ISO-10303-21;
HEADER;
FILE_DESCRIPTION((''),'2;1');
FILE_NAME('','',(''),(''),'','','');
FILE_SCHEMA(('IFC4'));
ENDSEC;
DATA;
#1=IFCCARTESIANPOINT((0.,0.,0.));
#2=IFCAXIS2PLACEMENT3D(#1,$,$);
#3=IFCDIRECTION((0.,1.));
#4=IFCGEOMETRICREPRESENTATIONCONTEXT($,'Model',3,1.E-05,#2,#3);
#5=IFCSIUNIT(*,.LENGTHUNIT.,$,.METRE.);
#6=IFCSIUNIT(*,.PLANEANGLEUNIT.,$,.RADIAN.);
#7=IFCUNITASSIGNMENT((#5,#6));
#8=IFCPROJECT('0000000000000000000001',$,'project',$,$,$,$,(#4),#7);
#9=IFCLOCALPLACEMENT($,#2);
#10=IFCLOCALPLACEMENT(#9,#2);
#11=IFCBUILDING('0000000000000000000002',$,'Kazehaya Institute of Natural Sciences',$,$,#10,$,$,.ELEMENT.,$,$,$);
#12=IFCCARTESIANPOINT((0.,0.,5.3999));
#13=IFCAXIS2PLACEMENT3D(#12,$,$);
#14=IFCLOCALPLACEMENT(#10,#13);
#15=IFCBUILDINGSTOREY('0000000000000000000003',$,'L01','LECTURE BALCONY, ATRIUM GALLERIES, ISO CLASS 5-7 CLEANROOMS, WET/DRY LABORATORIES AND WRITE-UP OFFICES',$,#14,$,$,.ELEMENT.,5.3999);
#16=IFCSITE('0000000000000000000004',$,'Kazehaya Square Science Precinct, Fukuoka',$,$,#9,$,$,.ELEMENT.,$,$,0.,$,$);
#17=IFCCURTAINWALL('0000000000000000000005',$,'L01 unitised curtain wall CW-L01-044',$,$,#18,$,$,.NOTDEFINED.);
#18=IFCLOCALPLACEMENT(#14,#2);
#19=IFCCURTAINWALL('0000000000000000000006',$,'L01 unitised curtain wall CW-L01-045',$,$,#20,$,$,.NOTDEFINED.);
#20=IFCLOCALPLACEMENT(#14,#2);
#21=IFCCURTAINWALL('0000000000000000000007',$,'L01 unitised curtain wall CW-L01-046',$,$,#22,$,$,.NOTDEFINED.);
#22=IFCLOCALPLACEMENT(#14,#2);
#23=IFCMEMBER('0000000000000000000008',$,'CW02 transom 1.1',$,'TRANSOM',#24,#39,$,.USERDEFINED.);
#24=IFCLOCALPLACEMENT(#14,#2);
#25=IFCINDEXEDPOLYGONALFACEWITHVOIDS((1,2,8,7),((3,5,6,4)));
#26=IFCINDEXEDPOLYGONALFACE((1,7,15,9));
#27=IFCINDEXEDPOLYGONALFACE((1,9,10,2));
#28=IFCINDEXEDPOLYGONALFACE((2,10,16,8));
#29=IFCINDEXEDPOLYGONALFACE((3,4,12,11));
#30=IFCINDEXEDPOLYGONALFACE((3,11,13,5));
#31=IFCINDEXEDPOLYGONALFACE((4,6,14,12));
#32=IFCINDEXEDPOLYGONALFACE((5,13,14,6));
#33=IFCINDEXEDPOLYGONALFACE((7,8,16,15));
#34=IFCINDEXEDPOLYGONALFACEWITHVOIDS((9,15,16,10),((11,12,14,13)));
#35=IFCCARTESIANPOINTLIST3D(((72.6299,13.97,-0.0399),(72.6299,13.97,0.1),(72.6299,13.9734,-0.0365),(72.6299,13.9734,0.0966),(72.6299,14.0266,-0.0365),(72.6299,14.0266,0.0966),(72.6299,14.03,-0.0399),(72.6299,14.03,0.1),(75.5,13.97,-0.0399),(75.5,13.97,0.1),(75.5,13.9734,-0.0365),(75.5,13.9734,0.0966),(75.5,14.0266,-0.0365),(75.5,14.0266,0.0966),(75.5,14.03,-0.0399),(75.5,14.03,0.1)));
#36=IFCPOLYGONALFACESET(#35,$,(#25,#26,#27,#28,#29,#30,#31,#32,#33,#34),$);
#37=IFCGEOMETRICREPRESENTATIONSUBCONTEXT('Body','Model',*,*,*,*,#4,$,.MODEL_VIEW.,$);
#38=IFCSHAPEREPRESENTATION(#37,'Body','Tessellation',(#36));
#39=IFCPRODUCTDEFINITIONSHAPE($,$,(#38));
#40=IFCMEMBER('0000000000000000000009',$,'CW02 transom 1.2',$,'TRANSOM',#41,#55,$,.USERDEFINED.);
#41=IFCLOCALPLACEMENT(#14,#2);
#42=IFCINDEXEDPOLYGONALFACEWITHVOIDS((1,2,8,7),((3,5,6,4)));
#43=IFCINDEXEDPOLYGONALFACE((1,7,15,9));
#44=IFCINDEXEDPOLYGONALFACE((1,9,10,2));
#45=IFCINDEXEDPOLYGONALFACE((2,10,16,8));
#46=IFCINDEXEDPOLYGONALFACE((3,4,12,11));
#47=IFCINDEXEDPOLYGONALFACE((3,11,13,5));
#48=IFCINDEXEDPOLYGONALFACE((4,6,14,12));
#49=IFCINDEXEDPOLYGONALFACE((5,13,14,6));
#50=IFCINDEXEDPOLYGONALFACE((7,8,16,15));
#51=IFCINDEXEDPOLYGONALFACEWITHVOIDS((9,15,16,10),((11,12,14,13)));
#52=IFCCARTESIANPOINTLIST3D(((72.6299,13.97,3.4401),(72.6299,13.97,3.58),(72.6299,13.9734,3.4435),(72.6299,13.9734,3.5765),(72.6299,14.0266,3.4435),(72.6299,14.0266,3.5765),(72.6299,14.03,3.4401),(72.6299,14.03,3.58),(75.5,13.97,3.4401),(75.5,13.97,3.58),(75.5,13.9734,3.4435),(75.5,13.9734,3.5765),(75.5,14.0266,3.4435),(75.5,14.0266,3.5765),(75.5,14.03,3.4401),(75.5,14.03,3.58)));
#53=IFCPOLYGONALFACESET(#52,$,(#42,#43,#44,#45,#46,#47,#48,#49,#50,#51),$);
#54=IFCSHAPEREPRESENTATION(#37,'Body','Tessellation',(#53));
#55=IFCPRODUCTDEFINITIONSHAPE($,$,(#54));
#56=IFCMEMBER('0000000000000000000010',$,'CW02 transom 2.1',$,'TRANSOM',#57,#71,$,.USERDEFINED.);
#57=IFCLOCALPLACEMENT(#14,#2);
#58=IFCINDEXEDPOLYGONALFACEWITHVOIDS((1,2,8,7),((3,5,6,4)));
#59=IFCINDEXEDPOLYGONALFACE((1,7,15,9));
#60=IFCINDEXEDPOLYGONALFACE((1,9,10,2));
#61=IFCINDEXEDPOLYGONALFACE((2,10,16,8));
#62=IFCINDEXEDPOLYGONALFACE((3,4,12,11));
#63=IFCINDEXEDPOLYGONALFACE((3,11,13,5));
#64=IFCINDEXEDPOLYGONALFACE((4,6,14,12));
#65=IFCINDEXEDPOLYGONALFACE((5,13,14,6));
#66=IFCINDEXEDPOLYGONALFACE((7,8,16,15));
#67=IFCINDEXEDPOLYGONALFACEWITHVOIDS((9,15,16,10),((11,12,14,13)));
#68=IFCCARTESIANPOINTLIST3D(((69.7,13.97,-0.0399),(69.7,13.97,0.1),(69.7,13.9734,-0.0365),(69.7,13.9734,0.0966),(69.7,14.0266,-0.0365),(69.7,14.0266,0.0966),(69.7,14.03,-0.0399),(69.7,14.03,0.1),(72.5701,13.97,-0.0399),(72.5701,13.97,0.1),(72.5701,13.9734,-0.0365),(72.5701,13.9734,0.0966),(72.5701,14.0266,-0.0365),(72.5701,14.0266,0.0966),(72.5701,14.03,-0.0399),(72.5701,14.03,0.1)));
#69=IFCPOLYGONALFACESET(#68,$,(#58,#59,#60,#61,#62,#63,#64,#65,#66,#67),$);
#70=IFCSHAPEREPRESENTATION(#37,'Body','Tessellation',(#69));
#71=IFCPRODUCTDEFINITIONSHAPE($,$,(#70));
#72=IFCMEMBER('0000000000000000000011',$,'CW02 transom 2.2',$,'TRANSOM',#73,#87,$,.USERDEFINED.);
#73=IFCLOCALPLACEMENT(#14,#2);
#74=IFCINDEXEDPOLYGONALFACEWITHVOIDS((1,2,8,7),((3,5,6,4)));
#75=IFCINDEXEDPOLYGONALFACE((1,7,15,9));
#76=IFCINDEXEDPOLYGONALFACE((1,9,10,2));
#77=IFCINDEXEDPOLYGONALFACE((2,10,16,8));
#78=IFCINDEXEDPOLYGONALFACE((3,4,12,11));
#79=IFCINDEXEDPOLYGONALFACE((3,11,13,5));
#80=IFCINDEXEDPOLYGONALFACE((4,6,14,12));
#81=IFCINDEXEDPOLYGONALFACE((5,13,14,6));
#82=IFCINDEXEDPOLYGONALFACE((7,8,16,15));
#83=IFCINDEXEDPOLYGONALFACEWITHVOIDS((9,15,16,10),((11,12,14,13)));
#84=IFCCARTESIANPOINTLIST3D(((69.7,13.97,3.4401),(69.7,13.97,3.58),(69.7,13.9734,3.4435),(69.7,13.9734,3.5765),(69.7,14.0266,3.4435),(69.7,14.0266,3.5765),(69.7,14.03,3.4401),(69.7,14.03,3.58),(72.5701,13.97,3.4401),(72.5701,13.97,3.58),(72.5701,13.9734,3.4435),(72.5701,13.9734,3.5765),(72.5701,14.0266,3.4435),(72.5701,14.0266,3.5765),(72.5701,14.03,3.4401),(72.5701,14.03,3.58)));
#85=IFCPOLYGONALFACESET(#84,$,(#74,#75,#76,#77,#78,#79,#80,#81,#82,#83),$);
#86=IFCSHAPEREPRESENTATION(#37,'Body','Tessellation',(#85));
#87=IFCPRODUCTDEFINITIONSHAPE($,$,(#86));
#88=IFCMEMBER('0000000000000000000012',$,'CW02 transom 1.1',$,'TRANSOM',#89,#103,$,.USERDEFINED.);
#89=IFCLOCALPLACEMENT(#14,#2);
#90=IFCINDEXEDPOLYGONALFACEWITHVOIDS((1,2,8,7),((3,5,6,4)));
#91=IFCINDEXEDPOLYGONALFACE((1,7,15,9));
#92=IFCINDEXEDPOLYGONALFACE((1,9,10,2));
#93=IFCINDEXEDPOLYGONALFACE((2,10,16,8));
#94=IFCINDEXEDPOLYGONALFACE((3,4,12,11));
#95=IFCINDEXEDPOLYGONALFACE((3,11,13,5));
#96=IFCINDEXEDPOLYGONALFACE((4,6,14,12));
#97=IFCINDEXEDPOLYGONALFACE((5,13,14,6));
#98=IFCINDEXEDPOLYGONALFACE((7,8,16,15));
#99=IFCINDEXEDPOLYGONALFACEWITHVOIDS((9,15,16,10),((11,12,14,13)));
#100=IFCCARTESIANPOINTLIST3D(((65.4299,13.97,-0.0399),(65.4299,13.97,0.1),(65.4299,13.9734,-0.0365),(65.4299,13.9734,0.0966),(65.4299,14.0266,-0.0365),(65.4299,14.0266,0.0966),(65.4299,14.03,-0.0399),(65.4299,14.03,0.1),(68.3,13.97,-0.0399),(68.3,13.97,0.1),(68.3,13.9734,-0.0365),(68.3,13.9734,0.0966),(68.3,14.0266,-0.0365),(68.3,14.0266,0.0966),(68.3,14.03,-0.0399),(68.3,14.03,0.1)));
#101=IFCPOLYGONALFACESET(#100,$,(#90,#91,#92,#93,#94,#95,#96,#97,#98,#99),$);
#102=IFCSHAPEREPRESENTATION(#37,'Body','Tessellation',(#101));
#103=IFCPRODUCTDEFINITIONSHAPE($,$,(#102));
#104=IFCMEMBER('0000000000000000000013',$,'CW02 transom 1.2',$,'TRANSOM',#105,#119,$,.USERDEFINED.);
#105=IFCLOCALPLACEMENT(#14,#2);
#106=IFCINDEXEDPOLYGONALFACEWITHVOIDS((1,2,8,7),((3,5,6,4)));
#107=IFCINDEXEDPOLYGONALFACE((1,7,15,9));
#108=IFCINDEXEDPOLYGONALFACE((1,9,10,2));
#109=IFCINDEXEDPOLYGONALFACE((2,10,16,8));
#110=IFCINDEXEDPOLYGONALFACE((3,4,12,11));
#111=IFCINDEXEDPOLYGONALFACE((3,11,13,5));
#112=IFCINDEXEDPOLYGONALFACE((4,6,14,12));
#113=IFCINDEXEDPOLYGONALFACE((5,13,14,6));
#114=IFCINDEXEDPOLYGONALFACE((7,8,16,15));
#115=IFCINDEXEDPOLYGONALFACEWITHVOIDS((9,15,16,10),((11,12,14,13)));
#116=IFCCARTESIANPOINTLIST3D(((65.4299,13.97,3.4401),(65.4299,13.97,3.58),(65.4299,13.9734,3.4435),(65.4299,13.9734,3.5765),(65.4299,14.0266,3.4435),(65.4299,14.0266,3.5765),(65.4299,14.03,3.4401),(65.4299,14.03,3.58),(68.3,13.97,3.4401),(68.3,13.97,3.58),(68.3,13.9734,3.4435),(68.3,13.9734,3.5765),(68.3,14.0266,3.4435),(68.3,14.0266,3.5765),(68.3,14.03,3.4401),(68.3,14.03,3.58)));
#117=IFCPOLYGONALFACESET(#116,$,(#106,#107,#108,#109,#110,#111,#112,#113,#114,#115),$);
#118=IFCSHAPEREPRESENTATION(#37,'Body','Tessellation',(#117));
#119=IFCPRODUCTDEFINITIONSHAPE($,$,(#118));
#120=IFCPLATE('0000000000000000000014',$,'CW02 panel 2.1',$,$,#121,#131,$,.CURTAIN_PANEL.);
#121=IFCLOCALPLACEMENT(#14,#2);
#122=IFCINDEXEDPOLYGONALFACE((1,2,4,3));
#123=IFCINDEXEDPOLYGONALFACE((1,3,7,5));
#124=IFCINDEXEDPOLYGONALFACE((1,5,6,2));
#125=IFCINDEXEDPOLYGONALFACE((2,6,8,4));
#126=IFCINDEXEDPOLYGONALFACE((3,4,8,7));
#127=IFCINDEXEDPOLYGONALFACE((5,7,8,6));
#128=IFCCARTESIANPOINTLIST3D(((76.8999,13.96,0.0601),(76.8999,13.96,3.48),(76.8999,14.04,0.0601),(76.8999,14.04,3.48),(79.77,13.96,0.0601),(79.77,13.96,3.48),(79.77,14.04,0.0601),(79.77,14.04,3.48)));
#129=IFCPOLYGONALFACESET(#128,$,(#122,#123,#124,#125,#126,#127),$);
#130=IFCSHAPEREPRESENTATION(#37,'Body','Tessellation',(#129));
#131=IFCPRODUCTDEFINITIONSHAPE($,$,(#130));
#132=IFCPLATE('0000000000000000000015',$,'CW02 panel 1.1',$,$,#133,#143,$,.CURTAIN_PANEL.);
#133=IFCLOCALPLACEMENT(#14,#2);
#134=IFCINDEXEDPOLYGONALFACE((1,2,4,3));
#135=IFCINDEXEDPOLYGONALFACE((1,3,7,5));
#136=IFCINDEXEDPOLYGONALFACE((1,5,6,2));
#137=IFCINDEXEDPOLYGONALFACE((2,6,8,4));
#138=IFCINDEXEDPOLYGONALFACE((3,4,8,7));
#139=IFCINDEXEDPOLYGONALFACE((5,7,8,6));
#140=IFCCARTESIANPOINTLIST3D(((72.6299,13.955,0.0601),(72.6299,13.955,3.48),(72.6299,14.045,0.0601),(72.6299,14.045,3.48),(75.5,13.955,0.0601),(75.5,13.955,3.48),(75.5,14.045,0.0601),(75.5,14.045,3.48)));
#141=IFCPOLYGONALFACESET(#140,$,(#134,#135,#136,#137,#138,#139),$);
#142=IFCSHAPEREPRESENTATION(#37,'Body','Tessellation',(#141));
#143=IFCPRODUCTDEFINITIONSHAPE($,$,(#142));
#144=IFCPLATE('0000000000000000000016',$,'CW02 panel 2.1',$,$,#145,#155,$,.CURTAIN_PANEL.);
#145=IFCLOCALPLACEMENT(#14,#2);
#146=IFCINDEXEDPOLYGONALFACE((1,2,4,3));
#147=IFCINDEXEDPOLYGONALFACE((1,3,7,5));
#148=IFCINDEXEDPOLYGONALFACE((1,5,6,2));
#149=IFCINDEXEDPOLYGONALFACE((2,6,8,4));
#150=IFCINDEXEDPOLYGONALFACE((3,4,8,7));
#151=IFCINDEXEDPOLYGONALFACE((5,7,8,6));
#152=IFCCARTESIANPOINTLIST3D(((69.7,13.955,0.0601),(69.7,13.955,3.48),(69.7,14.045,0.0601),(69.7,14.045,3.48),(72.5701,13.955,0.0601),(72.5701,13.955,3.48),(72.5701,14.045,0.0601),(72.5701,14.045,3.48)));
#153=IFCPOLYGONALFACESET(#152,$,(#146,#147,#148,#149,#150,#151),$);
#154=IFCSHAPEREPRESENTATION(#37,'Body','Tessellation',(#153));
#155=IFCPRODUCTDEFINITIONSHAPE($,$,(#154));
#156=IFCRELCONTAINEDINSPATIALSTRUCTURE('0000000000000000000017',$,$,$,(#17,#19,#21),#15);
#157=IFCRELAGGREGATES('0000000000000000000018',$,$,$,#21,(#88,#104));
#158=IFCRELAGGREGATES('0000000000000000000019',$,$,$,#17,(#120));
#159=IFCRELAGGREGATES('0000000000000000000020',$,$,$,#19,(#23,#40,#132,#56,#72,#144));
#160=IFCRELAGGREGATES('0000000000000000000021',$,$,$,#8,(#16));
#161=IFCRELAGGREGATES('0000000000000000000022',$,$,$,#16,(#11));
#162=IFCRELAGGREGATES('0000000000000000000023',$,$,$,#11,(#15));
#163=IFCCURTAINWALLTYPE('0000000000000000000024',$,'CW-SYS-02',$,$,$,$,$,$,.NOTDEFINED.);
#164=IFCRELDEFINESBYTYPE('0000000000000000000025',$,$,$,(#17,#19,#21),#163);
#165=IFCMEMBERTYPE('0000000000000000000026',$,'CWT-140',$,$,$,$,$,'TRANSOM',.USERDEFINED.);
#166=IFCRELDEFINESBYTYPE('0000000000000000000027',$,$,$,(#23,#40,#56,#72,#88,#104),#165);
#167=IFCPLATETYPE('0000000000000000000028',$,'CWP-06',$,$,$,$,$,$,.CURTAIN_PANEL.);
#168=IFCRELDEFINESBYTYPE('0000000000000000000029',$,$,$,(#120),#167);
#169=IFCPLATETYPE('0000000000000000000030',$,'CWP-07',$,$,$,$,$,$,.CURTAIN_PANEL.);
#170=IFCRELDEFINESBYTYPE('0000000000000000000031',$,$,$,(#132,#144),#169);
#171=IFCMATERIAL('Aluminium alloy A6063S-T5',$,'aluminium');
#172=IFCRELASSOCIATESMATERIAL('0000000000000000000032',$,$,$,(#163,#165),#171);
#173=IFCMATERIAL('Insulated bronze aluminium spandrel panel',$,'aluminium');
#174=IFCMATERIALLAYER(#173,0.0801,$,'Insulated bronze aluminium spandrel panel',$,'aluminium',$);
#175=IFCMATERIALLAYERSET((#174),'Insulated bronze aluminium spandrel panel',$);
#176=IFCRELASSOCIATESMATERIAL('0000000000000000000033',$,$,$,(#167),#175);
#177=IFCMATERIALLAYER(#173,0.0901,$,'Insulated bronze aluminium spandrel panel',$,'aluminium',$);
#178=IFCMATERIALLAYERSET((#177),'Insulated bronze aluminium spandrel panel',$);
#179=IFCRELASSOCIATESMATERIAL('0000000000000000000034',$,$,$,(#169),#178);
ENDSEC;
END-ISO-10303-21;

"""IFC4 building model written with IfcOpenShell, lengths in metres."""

from ifc_helpers import new_model, si_unit, direction, frame, origin, origin_2d, place, context, subcontext, project, spatial, rectangle, hollow_rectangle, extrude, material, layer, layer_set, material_profile, profile_set, type_object, element, aggregate, save


model = new_model("IFC4")

# Units and contexts
model_context = context("Model", 3, precision=1e-05, world=origin(), true_north=direction((0.0, 1.0)))
body_context = subcontext(model_context, "Body", "Model", "MODEL_VIEW")
ifc_project = project(units=[si_unit("LENGTHUNIT", "METRE"), si_unit("PLANEANGLEUNIT", "RADIAN")], contexts=[model_context])

# Site, building, storey
site_placement = place(None, origin())
site = spatial("IfcSite", under=ifc_project, at=site_placement, Name="Kazehaya Square Science Precinct, Fukuoka", CompositionType="ELEMENT", RefElevation=0.0)
building_placement = place(site_placement, origin())
building = spatial("IfcBuilding", under=site, at=building_placement, Name="Kazehaya Institute of Natural Sciences", CompositionType="ELEMENT")
storey_placement = place(building_placement, frame((0.0, 0.0, 5.3999)))
storey = spatial("IfcBuildingStorey", under=building, at=storey_placement, Name="L01", Description="LECTURE BALCONY, ATRIUM GALLERIES, ISO CLASS 5-7 CLEANROOMS, WET/DRY LABORATORIES AND WRITE-UP OFFICES", CompositionType="ELEMENT", Elevation=5.3999)

# Curtain wall
ifc_material_1 = material(Name="Aluminium alloy A6063S-T5", Category="aluminium")
curtain_wall_type = type_object("IfcCurtainWallType", Name="CW-SYS-02", PredefinedType="NOTDEFINED", material=ifc_material_1)
curtain_wall_1_placement = place(storey_placement, origin())
curtain_wall_1 = element("IfcCurtainWall", 1, at=curtain_wall_1_placement, inside=storey, type_object=curtain_wall_type, Name="L01 unitised curtain wall CW-L01-044", PredefinedType="NOTDEFINED")

# Curtain wall
curtain_wall_2_placement = place(storey_placement, origin())
curtain_wall_2 = element("IfcCurtainWall", 2, at=curtain_wall_2_placement, inside=storey, type_object=curtain_wall_type, Name="L01 unitised curtain wall CW-L01-045", PredefinedType="NOTDEFINED")

# Curtain wall
curtain_wall_3_placement = place(storey_placement, origin())
curtain_wall_3 = element("IfcCurtainWall", 3, at=curtain_wall_3_placement, inside=storey, type_object=curtain_wall_type, Name="L01 unitised curtain wall CW-L01-046", PredefinedType="NOTDEFINED")

# Members
ifc_material_profile_1 = material_profile(ifc_material_1, hollow_rectangle(XDim=0.0601, YDim=0.1399, WallThickness=0.0034, at=origin_2d()), Name="ALU-60x140x3.5")
ifc_profile_set_1 = profile_set([ifc_material_profile_1], Name="Aluminium alloy A6063S-T5")
member_type_1 = type_object("IfcMemberType", Name="CWT-140", ElementType="TRANSOM", PredefinedType="USERDEFINED", material=ifc_profile_set_1)
member_1_placement = place(storey_placement, frame((75.5, 14.0, 0.03), z_axis=(-1.0, 0.0, 0.0), x_axis=(0.0, -1.0, 0.0)))
member_1 = element("IfcMember", 4, at=member_1_placement, type_object=member_type_1, Name="CW02 transom 1.1", ObjectType="TRANSOM", PredefinedType="USERDEFINED", context=body_context, shape_type="SweptSolid", body=[
    extrude(hollow_rectangle(XDim=0.0601, YDim=0.1399, WallThickness=0.0034, at=origin_2d()), origin(), (0.0, 0.0, 1.0), 2.8701),
])
member_2_placement = place(storey_placement, frame((75.5, 14.0, 3.51), z_axis=(-1.0, 0.0, 0.0), x_axis=(0.0, -1.0, 0.0)))
member_2 = element("IfcMember", 5, at=member_2_placement, type_object=member_type_1, Name="CW02 transom 1.2", ObjectType="TRANSOM", PredefinedType="USERDEFINED", context=body_context, shape_type="SweptSolid", body=[
    extrude(hollow_rectangle(XDim=0.0601, YDim=0.1399, WallThickness=0.0034, at=origin_2d()), origin(), (0.0, 0.0, 1.0), 2.8701),
])
member_3_placement = place(storey_placement, frame((72.5701, 14.0, 0.03), z_axis=(-1.0, 0.0, 0.0), x_axis=(0.0, -1.0, 0.0)))
member_3 = element("IfcMember", 6, at=member_3_placement, type_object=member_type_1, Name="CW02 transom 2.1", ObjectType="TRANSOM", PredefinedType="USERDEFINED", context=body_context, shape_type="SweptSolid", body=[
    extrude(hollow_rectangle(XDim=0.0601, YDim=0.1399, WallThickness=0.0034, at=origin_2d()), origin(), (0.0, 0.0, 1.0), 2.8701),
])
member_4_placement = place(storey_placement, frame((72.5701, 14.0, 3.51), z_axis=(-1.0, 0.0, 0.0), x_axis=(0.0, -1.0, 0.0)))
member_4 = element("IfcMember", 7, at=member_4_placement, type_object=member_type_1, Name="CW02 transom 2.2", ObjectType="TRANSOM", PredefinedType="USERDEFINED", context=body_context, shape_type="SweptSolid", body=[
    extrude(hollow_rectangle(XDim=0.0601, YDim=0.1399, WallThickness=0.0034, at=origin_2d()), origin(), (0.0, 0.0, 1.0), 2.8701),
])
member_5_placement = place(storey_placement, frame((68.3, 14.0, 0.03), z_axis=(-1.0, 0.0, 0.0), x_axis=(0.0, -1.0, 0.0)))
member_5 = element("IfcMember", 8, at=member_5_placement, type_object=member_type_1, Name="CW02 transom 1.1", ObjectType="TRANSOM", PredefinedType="USERDEFINED", context=body_context, shape_type="SweptSolid", body=[
    extrude(hollow_rectangle(XDim=0.0601, YDim=0.1399, WallThickness=0.0034, at=origin_2d()), origin(), (0.0, 0.0, 1.0), 2.8701),
])
member_6_placement = place(storey_placement, frame((68.3, 14.0, 3.51), z_axis=(-1.0, 0.0, 0.0), x_axis=(0.0, -1.0, 0.0)))
member_6 = element("IfcMember", 9, at=member_6_placement, type_object=member_type_1, Name="CW02 transom 1.2", ObjectType="TRANSOM", PredefinedType="USERDEFINED", context=body_context, shape_type="SweptSolid", body=[
    extrude(hollow_rectangle(XDim=0.0601, YDim=0.1399, WallThickness=0.0034, at=origin_2d()), origin(), (0.0, 0.0, 1.0), 2.8701),
])
aggregate(curtain_wall_3, [member_5, member_6])

# Plates
ifc_material_2 = material(Name="Insulated bronze aluminium spandrel panel", Category="aluminium")
ifc_layer_1 = layer(ifc_material_2, 0.0801, Name="Insulated bronze aluminium spandrel panel", Category="aluminium")
ifc_layer_set_1 = layer_set([ifc_layer_1], Name="Insulated bronze aluminium spandrel panel")
plate_type_1 = type_object("IfcPlateType", Name="CWP-06", PredefinedType="CURTAIN_PANEL", material=ifc_layer_set_1)
plate_1_placement = place(storey_placement, frame((78.335, 14.0, 0.0601), z_axis=(0.0, 0.0, 1.0), x_axis=(-1.0, 0.0, 0.0)))
plate_1 = element("IfcPlate", 10, at=plate_1_placement, type_object=plate_type_1, Name="CW02 panel 2.1", PredefinedType="CURTAIN_PANEL", context=body_context, shape_type="SweptSolid", body=[
    extrude(rectangle(XDim=2.8701, YDim=0.0801, at=origin_2d()), origin(), (0.0, 0.0, 1.0), 3.4199),
])
aggregate(curtain_wall_1, [plate_1])
ifc_layer_2 = layer(ifc_material_2, 0.0901, Name="Insulated bronze aluminium spandrel panel", Category="aluminium")
ifc_layer_set_2 = layer_set([ifc_layer_2], Name="Insulated bronze aluminium spandrel panel")
plate_type_2 = type_object("IfcPlateType", Name="CWP-07", PredefinedType="CURTAIN_PANEL", material=ifc_layer_set_2)
plate_2_placement = place(storey_placement, frame((74.0649, 14.0, 0.0601), z_axis=(0.0, 0.0, 1.0), x_axis=(-1.0, 0.0, 0.0)))
plate_2 = element("IfcPlate", 11, at=plate_2_placement, type_object=plate_type_2, Name="CW02 panel 1.1", PredefinedType="CURTAIN_PANEL", context=body_context, shape_type="SweptSolid", body=[
    extrude(rectangle(XDim=2.8701, YDim=0.0901, at=origin_2d()), origin(), (0.0, 0.0, 1.0), 3.4199),
])
plate_3_placement = place(storey_placement, frame((71.135, 14.0, 0.0601), z_axis=(0.0, 0.0, 1.0), x_axis=(-1.0, 0.0, 0.0)))
plate_3 = element("IfcPlate", 12, at=plate_3_placement, type_object=plate_type_2, Name="CW02 panel 2.1", PredefinedType="CURTAIN_PANEL", context=body_context, shape_type="SweptSolid", body=[
    extrude(rectangle(XDim=2.8701, YDim=0.0901, at=origin_2d()), origin(), (0.0, 0.0, 1.0), 3.4199),
])
aggregate(curtain_wall_2, [member_1, member_2, plate_2, member_3, member_4, plate_3])

save(model, "model.ifc")
